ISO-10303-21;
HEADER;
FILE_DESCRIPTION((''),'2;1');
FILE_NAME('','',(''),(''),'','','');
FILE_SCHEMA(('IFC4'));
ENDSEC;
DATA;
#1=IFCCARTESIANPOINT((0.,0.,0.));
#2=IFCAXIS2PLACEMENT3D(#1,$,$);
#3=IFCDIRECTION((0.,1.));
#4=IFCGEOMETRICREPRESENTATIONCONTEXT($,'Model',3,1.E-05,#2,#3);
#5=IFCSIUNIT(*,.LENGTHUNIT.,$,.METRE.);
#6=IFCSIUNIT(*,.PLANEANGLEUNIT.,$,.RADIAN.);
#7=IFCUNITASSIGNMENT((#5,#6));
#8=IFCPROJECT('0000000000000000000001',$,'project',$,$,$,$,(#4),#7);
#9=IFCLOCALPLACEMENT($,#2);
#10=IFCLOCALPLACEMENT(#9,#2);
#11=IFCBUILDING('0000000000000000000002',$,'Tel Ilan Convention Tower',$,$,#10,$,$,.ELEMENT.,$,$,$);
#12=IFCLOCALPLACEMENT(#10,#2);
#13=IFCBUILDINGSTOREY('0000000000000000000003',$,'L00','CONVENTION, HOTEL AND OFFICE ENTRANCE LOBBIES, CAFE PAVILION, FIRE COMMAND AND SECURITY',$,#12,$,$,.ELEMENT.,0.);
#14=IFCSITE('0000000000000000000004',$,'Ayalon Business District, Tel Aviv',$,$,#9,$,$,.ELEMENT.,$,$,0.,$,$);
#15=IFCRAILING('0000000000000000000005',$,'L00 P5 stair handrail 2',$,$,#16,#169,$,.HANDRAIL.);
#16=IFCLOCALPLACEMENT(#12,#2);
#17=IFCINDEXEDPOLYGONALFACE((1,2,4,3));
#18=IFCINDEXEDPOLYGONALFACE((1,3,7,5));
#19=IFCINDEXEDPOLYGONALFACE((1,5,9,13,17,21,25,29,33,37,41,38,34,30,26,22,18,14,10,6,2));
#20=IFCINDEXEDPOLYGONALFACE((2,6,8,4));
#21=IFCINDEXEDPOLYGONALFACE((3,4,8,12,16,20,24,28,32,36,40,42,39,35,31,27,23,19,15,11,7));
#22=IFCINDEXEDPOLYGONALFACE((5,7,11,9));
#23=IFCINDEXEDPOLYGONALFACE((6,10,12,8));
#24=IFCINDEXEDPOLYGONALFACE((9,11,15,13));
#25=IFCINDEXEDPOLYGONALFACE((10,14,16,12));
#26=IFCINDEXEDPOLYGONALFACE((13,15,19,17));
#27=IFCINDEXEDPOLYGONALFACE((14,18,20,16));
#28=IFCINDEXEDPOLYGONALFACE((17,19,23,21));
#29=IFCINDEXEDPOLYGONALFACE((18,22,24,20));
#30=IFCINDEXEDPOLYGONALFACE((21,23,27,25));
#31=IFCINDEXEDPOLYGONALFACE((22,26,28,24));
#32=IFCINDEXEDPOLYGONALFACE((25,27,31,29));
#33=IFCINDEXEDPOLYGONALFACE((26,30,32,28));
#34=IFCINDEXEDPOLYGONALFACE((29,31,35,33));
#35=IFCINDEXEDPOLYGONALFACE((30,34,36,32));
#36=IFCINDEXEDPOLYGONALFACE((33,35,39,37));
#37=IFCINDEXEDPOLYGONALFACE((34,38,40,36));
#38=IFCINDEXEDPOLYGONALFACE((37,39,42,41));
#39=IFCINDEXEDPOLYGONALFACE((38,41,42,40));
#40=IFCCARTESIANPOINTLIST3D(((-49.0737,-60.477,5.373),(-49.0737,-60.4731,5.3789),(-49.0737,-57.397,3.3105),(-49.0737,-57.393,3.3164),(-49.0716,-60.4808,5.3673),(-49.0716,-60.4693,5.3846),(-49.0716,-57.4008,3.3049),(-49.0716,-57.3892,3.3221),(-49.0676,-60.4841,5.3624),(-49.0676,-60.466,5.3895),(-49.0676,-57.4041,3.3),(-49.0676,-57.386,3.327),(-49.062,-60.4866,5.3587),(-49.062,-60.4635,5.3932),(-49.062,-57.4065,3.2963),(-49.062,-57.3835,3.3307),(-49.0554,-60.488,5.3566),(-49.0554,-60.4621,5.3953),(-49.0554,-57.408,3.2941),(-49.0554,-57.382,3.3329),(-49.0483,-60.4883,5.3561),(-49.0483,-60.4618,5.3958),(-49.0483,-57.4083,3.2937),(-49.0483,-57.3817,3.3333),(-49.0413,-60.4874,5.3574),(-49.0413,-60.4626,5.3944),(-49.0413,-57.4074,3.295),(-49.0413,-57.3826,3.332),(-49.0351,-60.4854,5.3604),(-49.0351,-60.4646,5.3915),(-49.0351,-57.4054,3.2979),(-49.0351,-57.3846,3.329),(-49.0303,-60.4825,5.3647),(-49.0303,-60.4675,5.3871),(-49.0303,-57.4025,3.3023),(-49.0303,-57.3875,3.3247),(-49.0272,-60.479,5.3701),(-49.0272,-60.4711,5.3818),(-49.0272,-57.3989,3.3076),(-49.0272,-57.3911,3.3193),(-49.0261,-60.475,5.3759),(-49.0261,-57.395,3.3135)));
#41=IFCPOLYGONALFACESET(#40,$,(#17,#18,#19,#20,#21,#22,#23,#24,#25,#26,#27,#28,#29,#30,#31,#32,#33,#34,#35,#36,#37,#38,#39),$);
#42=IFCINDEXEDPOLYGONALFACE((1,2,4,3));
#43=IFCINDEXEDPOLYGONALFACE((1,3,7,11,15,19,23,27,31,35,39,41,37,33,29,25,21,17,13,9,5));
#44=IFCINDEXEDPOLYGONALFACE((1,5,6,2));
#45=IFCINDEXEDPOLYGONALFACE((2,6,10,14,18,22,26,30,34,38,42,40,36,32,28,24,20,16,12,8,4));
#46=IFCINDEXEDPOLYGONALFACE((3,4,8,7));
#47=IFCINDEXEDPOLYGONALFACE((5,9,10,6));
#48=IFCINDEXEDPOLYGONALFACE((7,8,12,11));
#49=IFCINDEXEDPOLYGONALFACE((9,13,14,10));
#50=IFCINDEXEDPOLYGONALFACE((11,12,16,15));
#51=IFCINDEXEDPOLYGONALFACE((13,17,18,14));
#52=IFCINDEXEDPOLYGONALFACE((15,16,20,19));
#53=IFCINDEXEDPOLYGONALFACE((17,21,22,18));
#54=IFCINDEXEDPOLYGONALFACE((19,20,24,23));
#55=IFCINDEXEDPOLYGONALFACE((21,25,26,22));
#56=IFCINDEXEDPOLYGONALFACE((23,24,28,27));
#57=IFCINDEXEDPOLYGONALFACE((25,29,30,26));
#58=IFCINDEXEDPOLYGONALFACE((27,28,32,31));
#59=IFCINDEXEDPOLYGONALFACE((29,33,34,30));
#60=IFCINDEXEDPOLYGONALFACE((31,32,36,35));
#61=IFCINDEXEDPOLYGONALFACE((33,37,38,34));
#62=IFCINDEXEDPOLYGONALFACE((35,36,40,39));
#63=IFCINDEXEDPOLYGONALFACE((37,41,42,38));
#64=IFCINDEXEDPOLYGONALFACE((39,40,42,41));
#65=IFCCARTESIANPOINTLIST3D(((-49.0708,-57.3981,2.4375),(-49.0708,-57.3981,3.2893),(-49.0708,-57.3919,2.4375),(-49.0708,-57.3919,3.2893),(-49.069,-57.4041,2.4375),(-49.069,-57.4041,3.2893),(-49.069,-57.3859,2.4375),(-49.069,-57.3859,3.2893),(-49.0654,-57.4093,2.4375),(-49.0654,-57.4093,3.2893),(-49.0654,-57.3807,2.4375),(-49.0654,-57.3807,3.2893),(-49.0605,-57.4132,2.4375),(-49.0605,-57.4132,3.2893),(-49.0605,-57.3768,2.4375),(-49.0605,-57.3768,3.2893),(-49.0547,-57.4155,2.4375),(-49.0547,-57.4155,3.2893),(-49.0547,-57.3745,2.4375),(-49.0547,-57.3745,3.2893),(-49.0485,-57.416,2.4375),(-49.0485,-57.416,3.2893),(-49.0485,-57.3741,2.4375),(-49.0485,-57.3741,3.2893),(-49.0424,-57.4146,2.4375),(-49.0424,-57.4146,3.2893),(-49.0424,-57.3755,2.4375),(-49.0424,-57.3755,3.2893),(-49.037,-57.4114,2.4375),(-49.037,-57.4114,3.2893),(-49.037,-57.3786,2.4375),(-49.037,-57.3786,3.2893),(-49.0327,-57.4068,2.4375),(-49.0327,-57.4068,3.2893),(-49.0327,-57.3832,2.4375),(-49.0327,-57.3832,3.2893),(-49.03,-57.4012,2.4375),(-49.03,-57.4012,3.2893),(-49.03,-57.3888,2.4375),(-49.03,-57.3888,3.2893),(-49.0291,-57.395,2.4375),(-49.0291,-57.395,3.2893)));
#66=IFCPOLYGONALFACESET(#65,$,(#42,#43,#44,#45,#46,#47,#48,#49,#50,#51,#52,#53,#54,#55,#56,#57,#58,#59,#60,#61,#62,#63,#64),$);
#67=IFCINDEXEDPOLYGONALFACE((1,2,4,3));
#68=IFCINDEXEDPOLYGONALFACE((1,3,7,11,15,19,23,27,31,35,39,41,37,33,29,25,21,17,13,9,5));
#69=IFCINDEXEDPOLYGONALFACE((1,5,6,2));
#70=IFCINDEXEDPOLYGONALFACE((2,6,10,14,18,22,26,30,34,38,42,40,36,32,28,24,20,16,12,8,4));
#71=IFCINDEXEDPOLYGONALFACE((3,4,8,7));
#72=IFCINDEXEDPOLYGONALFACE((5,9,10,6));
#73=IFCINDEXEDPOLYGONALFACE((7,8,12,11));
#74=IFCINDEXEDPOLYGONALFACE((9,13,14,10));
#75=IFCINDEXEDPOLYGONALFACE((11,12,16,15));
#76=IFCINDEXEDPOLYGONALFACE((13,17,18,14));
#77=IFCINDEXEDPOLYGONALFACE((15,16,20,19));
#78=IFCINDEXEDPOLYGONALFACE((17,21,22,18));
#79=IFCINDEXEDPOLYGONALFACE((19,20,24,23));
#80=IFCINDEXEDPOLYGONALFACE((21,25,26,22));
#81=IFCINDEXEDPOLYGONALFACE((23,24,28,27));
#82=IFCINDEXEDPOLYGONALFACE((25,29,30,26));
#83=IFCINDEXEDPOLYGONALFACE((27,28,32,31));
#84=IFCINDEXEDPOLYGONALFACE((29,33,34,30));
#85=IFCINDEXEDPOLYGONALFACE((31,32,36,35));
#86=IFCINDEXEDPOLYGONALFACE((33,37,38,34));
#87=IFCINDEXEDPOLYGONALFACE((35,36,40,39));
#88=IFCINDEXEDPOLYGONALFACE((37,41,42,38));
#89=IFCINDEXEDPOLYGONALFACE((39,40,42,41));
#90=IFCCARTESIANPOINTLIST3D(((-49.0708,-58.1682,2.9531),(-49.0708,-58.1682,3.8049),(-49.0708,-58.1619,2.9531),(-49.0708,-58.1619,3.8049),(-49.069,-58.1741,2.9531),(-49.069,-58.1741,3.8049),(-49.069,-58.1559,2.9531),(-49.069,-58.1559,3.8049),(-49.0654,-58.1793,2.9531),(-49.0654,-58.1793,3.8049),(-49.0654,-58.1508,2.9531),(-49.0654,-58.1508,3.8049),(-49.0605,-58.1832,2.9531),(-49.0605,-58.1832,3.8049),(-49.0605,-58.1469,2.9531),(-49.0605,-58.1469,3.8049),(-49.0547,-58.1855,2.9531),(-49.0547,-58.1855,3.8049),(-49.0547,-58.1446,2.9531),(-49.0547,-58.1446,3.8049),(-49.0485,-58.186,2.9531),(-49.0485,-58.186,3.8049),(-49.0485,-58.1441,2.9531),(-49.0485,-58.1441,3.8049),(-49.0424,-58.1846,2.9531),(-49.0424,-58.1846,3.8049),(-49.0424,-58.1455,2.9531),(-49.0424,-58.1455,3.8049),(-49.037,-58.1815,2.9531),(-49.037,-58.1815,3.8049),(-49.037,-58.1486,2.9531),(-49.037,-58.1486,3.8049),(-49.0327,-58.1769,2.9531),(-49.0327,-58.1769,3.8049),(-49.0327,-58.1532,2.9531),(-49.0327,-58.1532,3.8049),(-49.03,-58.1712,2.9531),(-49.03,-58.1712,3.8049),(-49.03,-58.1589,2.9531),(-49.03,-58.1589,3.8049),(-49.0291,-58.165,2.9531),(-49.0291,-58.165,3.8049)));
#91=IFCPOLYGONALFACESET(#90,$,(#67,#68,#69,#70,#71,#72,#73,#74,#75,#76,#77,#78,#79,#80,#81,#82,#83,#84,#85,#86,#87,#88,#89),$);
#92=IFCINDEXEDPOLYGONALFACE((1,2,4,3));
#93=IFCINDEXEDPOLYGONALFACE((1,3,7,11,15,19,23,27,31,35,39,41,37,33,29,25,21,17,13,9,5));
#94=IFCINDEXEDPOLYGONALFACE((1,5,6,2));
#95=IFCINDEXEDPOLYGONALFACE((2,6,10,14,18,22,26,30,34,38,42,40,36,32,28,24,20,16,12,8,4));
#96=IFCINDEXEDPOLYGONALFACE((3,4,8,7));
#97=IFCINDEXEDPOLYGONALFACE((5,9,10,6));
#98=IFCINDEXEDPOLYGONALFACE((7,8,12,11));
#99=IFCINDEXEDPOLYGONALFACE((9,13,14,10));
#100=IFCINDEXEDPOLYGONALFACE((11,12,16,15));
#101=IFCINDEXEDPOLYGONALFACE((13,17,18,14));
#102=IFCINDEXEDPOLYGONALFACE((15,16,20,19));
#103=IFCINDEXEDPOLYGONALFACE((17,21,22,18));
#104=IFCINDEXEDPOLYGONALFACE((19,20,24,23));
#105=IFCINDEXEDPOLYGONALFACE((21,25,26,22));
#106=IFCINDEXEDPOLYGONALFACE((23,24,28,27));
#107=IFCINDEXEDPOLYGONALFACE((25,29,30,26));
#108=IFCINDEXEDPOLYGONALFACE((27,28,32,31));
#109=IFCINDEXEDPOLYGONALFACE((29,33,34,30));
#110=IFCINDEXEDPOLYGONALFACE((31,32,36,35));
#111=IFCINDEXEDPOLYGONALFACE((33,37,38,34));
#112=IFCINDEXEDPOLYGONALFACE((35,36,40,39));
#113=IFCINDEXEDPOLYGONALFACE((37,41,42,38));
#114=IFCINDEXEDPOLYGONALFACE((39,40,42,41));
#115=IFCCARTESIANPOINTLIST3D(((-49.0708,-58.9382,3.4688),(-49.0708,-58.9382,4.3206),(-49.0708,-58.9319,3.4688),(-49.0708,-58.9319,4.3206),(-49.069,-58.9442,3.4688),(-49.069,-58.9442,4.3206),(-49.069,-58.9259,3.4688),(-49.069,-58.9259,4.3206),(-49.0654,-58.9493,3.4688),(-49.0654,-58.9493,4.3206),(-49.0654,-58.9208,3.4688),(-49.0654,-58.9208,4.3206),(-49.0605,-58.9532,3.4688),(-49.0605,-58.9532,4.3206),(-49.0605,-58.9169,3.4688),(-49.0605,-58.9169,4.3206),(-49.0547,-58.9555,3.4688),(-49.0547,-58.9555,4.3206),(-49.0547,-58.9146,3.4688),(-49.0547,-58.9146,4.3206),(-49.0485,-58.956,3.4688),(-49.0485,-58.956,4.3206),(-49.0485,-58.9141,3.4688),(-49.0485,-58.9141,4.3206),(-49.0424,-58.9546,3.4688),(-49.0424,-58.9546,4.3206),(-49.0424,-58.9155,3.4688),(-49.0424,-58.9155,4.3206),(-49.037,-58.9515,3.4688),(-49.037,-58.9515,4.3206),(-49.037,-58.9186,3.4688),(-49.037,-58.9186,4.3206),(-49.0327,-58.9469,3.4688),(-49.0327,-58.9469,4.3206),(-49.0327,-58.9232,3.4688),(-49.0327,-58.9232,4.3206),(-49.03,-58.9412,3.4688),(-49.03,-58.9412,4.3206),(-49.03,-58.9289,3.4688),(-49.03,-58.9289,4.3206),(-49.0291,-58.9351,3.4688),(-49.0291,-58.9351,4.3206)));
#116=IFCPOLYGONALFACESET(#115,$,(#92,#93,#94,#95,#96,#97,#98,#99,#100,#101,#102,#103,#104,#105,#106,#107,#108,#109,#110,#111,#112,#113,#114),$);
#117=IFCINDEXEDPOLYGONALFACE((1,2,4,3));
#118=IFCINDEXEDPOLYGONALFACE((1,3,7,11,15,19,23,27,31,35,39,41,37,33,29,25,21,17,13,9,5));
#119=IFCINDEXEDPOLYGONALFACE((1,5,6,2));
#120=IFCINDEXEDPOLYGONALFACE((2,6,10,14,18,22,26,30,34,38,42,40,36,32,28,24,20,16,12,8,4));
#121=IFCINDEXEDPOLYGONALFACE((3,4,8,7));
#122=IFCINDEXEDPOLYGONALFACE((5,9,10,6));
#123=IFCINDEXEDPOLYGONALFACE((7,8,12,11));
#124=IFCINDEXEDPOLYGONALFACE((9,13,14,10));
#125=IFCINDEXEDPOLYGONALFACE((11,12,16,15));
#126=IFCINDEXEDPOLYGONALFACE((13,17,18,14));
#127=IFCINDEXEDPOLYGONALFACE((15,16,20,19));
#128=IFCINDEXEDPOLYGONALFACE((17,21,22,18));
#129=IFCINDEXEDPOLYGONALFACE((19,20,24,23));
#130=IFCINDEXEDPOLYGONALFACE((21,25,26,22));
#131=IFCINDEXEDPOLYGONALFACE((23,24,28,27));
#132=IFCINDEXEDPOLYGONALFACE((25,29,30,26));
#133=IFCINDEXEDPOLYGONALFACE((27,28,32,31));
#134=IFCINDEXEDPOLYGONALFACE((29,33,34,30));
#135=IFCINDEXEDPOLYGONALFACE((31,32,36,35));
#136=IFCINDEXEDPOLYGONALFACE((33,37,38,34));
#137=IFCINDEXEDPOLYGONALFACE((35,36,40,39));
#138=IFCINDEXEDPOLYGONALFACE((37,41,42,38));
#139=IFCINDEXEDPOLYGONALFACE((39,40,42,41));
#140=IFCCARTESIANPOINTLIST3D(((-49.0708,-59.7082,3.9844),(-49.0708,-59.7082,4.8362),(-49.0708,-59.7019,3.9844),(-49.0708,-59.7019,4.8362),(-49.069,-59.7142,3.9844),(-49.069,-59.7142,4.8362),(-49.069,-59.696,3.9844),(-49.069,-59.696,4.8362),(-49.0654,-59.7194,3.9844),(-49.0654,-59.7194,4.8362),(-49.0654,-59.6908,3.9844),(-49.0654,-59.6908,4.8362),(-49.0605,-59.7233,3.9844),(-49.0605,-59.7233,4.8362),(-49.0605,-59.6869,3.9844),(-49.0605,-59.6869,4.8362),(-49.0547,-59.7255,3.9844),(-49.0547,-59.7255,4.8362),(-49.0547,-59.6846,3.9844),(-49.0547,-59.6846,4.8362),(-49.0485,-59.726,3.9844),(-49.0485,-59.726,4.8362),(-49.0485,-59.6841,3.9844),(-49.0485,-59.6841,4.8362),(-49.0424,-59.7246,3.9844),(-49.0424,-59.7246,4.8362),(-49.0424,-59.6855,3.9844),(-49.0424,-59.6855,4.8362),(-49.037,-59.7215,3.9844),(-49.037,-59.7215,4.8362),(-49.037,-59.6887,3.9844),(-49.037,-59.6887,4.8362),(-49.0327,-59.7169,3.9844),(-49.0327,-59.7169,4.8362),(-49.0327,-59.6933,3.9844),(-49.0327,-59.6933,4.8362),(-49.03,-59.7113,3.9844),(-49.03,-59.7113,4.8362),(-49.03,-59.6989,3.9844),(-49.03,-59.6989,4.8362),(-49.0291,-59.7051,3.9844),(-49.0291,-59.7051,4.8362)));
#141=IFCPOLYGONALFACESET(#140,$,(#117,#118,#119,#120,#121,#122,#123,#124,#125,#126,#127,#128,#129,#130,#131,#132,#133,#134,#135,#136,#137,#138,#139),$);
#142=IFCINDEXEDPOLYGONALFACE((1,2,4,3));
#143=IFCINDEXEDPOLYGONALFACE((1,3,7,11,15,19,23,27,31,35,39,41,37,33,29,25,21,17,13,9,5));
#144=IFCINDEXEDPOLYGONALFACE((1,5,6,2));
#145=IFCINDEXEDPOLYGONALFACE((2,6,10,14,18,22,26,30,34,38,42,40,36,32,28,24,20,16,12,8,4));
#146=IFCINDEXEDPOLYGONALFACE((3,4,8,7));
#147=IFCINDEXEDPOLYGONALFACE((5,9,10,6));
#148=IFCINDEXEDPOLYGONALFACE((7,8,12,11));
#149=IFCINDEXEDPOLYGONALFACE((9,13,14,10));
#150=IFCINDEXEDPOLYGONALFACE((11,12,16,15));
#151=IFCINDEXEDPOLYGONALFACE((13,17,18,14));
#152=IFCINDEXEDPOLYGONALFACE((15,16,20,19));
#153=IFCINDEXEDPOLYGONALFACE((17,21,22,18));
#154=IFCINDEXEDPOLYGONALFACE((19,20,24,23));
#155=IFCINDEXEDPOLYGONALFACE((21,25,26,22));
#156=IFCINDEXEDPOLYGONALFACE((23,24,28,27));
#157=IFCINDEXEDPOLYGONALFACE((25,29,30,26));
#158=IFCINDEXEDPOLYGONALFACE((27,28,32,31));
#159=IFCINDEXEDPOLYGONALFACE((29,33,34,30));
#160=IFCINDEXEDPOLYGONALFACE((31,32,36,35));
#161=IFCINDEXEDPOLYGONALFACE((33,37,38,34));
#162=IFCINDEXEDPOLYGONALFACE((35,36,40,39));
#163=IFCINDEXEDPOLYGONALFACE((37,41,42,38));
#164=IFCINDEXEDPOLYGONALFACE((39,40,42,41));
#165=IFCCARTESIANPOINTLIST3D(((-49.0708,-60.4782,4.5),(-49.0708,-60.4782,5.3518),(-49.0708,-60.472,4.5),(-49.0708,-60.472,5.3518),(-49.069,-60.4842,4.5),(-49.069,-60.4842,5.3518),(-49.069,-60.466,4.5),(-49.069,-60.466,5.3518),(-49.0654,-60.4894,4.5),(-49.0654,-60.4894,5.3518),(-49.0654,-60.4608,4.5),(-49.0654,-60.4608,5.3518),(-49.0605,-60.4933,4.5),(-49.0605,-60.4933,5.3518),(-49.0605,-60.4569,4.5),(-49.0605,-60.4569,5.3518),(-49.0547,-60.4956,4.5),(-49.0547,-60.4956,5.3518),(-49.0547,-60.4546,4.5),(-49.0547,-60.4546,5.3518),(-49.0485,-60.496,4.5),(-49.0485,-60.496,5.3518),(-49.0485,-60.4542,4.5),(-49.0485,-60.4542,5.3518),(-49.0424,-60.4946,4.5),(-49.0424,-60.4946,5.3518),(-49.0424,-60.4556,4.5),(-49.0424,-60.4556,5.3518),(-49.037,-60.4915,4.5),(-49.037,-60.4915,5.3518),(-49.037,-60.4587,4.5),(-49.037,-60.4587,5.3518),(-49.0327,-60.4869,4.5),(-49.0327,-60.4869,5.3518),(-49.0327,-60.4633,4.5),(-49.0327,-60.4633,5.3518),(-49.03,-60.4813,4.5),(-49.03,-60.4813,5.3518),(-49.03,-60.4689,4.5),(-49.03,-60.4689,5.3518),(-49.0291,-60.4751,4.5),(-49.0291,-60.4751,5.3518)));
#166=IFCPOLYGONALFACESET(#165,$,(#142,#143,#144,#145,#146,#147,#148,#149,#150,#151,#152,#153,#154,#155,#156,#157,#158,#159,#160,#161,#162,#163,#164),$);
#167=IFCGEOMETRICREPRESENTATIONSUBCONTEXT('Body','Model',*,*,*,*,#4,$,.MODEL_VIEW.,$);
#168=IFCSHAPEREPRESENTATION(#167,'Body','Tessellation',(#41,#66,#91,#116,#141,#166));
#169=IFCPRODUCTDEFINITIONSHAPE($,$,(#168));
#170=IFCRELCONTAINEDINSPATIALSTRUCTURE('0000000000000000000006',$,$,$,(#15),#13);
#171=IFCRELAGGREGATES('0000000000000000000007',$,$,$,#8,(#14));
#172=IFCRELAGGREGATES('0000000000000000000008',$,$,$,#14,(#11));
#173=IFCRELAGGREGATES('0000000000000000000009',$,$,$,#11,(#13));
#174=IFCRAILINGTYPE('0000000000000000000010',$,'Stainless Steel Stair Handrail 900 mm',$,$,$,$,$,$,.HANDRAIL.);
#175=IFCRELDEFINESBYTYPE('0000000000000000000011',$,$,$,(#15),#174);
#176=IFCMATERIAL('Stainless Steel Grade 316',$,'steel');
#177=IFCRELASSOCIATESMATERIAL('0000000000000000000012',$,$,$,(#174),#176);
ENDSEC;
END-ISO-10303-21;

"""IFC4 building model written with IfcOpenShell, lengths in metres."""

from ifc_helpers import new_model, si_unit, direction, frame, origin, origin_2d, place, context, subcontext, project, spatial, circle, extrude, material, type_object, element, save


model = new_model("IFC4")

# Units and contexts
model_context = context("Model", 3, precision=1e-05, world=origin(), true_north=direction((0.0, 1.0)))
body_context = subcontext(model_context, "Body", "Model", "MODEL_VIEW")
ifc_project = project(units=[si_unit("LENGTHUNIT", "METRE"), si_unit("PLANEANGLEUNIT", "RADIAN")], contexts=[model_context])

# Site, building, storey
site_placement = place(None, origin())
site = spatial("IfcSite", under=ifc_project, at=site_placement, Name="Ayalon Business District, Tel Aviv", CompositionType="ELEMENT", RefElevation=0.0)
building_placement = place(site_placement, origin())
building = spatial("IfcBuilding", under=site, at=building_placement, Name="Tel Ilan Convention Tower", CompositionType="ELEMENT")
storey_placement = place(building_placement, origin())
storey = spatial("IfcBuildingStorey", under=building, at=storey_placement, Name="L00", Description="CONVENTION, HOTEL AND OFFICE ENTRANCE LOBBIES, CAFE PAVILION, FIRE COMMAND AND SECURITY", CompositionType="ELEMENT", Elevation=0.0)

# Railing
ifc_material_1 = material(Name="Stainless Steel Grade 316", Category="steel")
railing_type_1 = type_object("IfcRailingType", Name="Stainless Steel Stair Handrail 900 mm", PredefinedType="HANDRAIL", material=ifc_material_1)
for number, where, name in (
    (1, (-49.05, -57.395, 2.4375), "L00 P5 stair handrail 2"),
):
    element("IfcRailing", number, at=place(storey_placement, frame(where)), inside=storey, type_object=railing_type_1, Name=name, PredefinedType="HANDRAIL", context=body_context, shape_type="SweptSolid", body=[
        extrude(circle(Radius=0.0239, at=origin_2d()), frame((0.0, 0.0, 0.876), z_axis=(0.0, -0.830914, 0.556401), x_axis=(1.0, 0.0, 0.0)), (0.0, 0.0, 1.0), 3.7068),
        extrude(circle(Radius=0.021, at=origin_2d()), origin(), (0.0, 0.0, 1.0), 0.8518),
        extrude(circle(Radius=0.021, at=origin_2d()), frame((0.0, -0.77, 0.5156)), (0.0, 0.0, 1.0), 0.8518),
        extrude(circle(Radius=0.021, at=origin_2d()), frame((0.0, -1.54, 1.0312)), (0.0, 0.0, 1.0), 0.8518),
        extrude(circle(Radius=0.021, at=origin_2d()), frame((0.0, -2.3101, 1.5469)), (0.0, 0.0, 1.0), 0.8518),
        extrude(circle(Radius=0.021, at=origin_2d()), frame((0.0, -3.0801, 2.0625)), (0.0, 0.0, 1.0), 0.8518),
    ])

save(model, "model.ifc")
